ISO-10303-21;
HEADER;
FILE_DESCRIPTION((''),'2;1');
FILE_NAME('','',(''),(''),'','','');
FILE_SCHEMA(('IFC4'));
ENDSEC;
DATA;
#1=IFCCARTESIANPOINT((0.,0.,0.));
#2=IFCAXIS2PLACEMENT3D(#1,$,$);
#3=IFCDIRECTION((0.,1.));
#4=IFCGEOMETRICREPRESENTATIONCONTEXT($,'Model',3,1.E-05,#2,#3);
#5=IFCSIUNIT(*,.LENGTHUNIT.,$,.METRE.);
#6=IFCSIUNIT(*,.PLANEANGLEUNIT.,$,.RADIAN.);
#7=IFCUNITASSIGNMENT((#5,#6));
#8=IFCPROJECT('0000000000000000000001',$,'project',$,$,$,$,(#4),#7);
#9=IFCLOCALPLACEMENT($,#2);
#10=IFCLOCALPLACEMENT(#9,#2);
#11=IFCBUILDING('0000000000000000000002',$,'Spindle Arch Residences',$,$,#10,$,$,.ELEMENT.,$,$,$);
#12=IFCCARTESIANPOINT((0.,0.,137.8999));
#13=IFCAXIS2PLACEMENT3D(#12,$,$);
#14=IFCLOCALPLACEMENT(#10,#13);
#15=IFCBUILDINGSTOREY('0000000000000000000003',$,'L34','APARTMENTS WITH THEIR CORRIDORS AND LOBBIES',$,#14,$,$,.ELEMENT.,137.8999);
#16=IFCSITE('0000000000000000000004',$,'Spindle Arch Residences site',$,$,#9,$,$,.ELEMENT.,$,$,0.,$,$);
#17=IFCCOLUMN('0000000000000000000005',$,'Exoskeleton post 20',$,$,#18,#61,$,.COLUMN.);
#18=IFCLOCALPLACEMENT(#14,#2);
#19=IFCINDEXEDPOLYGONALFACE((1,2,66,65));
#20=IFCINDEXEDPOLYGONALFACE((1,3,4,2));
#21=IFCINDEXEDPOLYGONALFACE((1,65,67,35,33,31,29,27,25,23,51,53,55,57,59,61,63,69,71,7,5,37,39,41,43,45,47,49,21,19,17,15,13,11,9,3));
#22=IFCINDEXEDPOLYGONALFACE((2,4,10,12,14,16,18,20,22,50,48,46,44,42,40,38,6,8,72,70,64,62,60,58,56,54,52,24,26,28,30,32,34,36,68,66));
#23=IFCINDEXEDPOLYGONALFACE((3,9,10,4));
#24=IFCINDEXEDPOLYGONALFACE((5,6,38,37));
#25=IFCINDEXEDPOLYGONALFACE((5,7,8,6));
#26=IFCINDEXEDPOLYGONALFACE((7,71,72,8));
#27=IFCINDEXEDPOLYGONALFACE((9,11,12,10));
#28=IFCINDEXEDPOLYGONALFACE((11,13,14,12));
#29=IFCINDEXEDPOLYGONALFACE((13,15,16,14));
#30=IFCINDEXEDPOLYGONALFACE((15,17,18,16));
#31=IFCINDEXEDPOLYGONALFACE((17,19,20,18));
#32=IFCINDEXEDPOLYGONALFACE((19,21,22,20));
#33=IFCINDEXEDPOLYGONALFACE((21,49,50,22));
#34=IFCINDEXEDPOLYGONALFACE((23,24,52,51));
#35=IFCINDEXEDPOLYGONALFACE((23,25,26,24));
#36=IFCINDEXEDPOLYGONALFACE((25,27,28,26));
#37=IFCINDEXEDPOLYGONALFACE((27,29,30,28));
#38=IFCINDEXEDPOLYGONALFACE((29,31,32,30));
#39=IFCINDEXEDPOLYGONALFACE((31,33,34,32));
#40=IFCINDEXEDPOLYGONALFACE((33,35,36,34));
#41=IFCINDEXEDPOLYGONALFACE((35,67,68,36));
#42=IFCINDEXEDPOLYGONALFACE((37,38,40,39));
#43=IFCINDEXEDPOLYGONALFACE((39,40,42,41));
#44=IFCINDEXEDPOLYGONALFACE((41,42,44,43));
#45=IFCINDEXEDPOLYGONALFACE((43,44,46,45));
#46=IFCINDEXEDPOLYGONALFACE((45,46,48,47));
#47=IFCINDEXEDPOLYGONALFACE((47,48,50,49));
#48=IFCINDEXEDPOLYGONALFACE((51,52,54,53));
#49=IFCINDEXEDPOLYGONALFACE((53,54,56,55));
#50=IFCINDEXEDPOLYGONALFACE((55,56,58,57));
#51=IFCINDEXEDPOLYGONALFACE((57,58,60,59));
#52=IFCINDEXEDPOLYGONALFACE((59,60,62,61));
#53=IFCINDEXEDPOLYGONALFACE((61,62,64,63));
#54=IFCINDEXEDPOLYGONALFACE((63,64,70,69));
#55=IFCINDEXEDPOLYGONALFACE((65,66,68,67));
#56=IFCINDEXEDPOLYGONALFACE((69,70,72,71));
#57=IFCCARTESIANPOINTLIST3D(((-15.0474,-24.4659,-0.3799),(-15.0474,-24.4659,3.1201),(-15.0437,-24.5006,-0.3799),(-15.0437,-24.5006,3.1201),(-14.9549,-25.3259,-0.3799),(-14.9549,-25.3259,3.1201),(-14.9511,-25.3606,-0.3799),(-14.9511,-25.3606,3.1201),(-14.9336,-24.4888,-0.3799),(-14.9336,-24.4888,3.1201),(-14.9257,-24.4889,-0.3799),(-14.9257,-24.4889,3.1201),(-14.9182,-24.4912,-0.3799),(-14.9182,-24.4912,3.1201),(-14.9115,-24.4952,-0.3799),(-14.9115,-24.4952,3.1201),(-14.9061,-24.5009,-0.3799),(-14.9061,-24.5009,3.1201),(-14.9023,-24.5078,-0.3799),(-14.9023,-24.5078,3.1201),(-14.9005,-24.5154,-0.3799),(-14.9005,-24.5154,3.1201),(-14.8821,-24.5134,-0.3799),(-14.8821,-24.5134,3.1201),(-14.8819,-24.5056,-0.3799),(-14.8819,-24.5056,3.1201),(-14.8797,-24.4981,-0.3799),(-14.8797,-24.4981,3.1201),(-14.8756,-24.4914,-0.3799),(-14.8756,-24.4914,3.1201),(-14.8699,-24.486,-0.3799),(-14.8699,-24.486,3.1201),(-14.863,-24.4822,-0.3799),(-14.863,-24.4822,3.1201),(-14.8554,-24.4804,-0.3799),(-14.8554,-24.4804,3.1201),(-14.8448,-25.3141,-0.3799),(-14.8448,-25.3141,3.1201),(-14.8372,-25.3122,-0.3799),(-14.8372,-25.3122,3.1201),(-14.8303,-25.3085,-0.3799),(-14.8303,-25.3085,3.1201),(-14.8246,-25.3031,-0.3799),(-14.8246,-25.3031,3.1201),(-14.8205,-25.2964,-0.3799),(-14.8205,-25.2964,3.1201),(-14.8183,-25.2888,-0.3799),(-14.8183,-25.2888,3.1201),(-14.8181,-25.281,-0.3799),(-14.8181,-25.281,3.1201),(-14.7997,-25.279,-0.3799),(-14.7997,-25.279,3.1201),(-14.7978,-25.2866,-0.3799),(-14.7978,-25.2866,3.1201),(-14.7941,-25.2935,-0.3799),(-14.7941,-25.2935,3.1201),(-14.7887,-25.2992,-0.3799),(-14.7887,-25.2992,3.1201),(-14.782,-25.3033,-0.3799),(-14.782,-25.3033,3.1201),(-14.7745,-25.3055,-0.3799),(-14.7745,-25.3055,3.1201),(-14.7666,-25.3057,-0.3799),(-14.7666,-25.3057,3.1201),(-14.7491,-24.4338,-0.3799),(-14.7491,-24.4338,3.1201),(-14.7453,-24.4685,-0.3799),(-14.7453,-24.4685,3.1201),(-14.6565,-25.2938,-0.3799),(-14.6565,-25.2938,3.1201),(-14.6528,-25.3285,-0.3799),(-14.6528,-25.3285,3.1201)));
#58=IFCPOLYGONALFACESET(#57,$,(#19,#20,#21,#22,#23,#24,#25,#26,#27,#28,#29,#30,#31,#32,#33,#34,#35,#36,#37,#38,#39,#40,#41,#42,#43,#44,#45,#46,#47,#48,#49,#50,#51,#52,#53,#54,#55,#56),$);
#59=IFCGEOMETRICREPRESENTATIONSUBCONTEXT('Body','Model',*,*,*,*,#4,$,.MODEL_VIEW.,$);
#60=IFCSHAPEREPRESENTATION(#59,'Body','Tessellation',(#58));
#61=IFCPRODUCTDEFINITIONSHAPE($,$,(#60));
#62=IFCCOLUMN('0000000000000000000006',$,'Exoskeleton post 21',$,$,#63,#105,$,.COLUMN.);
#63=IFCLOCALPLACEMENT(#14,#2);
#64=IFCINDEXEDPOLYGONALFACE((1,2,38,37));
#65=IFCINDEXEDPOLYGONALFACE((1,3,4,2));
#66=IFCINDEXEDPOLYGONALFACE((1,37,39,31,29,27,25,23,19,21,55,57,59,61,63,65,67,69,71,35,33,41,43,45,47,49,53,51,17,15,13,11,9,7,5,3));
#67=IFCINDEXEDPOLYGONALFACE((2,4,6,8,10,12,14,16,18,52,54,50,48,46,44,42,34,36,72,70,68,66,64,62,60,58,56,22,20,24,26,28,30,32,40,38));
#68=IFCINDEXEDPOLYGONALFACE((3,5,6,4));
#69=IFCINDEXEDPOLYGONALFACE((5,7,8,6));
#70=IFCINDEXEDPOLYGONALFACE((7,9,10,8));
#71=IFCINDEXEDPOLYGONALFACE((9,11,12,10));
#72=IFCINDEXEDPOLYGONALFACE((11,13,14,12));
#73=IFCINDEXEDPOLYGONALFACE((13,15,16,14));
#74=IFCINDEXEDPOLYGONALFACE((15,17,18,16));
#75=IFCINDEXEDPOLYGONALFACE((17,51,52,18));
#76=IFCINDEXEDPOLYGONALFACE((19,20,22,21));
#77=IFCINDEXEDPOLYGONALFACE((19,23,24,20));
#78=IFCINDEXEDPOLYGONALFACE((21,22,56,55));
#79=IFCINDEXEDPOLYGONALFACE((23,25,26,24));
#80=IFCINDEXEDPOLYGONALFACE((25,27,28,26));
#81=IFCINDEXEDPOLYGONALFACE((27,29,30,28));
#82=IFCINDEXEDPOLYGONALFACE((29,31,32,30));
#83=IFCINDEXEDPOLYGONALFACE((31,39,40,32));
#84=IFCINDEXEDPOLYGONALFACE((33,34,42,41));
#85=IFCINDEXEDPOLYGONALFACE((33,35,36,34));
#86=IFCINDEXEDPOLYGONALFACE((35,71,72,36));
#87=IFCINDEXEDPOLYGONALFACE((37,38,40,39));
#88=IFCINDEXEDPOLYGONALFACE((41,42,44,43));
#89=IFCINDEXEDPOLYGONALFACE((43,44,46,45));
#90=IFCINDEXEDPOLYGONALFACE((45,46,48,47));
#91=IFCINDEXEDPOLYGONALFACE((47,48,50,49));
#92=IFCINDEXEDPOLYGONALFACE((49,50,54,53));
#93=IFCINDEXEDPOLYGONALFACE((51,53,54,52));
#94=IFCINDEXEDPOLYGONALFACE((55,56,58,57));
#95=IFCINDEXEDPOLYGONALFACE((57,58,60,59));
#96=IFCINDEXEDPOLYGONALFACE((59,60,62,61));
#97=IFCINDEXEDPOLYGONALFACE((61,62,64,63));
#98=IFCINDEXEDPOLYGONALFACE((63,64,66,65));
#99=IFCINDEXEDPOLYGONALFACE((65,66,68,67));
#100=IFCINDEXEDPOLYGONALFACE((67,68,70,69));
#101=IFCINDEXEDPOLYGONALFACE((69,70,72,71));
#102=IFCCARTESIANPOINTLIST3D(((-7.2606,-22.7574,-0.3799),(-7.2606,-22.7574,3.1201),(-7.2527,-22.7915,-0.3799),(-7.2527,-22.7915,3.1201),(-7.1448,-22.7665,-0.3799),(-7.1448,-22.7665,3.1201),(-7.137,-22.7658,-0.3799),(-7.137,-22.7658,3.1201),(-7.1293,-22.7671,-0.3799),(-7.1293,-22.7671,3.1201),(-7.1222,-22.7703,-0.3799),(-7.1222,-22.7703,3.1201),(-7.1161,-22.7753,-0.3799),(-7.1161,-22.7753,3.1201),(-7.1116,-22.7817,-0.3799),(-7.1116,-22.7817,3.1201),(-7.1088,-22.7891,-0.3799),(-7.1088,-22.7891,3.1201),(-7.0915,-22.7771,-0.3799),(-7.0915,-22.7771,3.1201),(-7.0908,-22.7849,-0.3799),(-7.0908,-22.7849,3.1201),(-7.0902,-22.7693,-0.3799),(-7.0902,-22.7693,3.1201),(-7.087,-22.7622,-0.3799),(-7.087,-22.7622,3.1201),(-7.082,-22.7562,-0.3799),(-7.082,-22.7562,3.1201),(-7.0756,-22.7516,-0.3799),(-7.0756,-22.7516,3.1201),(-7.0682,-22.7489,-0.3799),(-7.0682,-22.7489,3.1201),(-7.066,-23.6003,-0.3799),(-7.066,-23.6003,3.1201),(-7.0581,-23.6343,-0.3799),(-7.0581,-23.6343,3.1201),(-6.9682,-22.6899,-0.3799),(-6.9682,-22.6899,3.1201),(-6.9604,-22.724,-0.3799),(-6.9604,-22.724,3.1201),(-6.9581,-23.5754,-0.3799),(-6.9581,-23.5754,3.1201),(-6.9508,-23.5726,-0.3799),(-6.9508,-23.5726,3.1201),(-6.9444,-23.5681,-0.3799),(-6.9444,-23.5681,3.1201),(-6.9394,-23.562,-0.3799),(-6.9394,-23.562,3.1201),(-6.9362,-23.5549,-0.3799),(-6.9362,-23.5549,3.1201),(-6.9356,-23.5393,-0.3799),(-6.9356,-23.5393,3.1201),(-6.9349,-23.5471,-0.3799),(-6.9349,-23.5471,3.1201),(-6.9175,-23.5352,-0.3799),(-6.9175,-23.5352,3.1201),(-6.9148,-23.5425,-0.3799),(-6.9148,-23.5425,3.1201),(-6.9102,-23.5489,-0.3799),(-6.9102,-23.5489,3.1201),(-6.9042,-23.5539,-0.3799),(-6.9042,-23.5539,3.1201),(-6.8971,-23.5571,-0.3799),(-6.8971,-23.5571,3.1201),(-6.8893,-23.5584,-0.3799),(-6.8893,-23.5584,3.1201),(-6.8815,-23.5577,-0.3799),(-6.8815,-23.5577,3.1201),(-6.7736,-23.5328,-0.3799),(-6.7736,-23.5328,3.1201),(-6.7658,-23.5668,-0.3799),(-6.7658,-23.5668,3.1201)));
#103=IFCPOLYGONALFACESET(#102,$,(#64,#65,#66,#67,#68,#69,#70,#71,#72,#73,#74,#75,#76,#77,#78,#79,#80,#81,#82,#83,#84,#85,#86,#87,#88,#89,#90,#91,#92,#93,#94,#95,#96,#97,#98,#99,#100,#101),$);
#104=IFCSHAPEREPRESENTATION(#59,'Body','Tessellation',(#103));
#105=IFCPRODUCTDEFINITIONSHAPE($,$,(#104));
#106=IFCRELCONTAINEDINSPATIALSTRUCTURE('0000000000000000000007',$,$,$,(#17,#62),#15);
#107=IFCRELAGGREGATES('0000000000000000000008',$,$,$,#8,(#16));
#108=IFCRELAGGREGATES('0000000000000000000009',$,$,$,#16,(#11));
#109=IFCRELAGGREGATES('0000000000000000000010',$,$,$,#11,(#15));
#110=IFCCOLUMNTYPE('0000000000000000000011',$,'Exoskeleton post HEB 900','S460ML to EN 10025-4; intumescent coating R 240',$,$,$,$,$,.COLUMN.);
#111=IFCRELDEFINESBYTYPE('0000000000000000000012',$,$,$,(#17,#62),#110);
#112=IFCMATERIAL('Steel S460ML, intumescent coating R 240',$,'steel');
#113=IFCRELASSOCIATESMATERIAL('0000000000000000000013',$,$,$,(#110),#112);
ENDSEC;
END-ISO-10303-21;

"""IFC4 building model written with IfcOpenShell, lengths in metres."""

from ifc_helpers import new_model, si_unit, direction, frame, origin, origin_2d, place, context, subcontext, project, spatial, i_section, extrude, material, material_profile, profile_set, type_object, element, save


model = new_model("IFC4")

# Units and contexts
model_context = context("Model", 3, precision=1e-05, world=origin(), true_north=direction((0.0, 1.0)))
body_context = subcontext(model_context, "Body", "Model", "MODEL_VIEW")
ifc_project = project(units=[si_unit("LENGTHUNIT", "METRE"), si_unit("PLANEANGLEUNIT", "RADIAN")], contexts=[model_context])

# Site, building, storey
site_placement = place(None, origin())
site = spatial("IfcSite", under=ifc_project, at=site_placement, Name="Spindle Arch Residences site", CompositionType="ELEMENT", RefElevation=0.0)
building_placement = place(site_placement, origin())
building = spatial("IfcBuilding", under=site, at=building_placement, Name="Spindle Arch Residences", CompositionType="ELEMENT")
storey_placement = place(building_placement, frame((0.0, 0.0, 137.8999)))
storey = spatial("IfcBuildingStorey", under=building, at=storey_placement, Name="L34", Description="APARTMENTS WITH THEIR CORRIDORS AND LOBBIES", CompositionType="ELEMENT", Elevation=137.8999)

# Columns
ifc_material_1 = material(Name="Steel S460ML, intumescent coating R 240", Category="steel")
ifc_material_profile_1 = material_profile(ifc_material_1, i_section(OverallWidth=0.3, OverallDepth=0.8999, WebThickness=0.0186, FlangeThickness=0.0349, FilletRadius=0.03, at=origin_2d()), Name="HEB 900")
ifc_profile_set_1 = profile_set([ifc_material_profile_1], Name="Steel S460ML, intumescent coating R 240")
column_type_1 = type_object("IfcColumnType", Name="Exoskeleton post HEB 900", Description="S460ML to EN 10025-4; intumescent coating R 240", PredefinedType="COLUMN", material=ifc_profile_set_1)
for number, where, z_axis, x_axis, name in (
    (1, (-14.8501, -24.8972, -0.3799), (0.0, 0.0, 1.0), (-0.994264, -0.106952, 0.0), "Exoskeleton post 20"),
    (2, (-7.0132, -23.1621, -0.3799), (0.0, 0.0, 1.0), (-0.97437, -0.224951, 0.0), "Exoskeleton post 21"),
):
    element("IfcColumn", number, at=place(storey_placement, frame(where, z_axis=z_axis, x_axis=x_axis)), inside=storey, type_object=column_type_1, Name=name, PredefinedType="COLUMN", context=body_context, shape_type="SweptSolid", body=[
        extrude(i_section(OverallWidth=0.3, OverallDepth=0.8999, WebThickness=0.0186, FlangeThickness=0.0349, FilletRadius=0.03, at=origin_2d()), origin(), (0.0, 0.0, 1.0), 3.5),
    ])

save(model, "model.ifc")
